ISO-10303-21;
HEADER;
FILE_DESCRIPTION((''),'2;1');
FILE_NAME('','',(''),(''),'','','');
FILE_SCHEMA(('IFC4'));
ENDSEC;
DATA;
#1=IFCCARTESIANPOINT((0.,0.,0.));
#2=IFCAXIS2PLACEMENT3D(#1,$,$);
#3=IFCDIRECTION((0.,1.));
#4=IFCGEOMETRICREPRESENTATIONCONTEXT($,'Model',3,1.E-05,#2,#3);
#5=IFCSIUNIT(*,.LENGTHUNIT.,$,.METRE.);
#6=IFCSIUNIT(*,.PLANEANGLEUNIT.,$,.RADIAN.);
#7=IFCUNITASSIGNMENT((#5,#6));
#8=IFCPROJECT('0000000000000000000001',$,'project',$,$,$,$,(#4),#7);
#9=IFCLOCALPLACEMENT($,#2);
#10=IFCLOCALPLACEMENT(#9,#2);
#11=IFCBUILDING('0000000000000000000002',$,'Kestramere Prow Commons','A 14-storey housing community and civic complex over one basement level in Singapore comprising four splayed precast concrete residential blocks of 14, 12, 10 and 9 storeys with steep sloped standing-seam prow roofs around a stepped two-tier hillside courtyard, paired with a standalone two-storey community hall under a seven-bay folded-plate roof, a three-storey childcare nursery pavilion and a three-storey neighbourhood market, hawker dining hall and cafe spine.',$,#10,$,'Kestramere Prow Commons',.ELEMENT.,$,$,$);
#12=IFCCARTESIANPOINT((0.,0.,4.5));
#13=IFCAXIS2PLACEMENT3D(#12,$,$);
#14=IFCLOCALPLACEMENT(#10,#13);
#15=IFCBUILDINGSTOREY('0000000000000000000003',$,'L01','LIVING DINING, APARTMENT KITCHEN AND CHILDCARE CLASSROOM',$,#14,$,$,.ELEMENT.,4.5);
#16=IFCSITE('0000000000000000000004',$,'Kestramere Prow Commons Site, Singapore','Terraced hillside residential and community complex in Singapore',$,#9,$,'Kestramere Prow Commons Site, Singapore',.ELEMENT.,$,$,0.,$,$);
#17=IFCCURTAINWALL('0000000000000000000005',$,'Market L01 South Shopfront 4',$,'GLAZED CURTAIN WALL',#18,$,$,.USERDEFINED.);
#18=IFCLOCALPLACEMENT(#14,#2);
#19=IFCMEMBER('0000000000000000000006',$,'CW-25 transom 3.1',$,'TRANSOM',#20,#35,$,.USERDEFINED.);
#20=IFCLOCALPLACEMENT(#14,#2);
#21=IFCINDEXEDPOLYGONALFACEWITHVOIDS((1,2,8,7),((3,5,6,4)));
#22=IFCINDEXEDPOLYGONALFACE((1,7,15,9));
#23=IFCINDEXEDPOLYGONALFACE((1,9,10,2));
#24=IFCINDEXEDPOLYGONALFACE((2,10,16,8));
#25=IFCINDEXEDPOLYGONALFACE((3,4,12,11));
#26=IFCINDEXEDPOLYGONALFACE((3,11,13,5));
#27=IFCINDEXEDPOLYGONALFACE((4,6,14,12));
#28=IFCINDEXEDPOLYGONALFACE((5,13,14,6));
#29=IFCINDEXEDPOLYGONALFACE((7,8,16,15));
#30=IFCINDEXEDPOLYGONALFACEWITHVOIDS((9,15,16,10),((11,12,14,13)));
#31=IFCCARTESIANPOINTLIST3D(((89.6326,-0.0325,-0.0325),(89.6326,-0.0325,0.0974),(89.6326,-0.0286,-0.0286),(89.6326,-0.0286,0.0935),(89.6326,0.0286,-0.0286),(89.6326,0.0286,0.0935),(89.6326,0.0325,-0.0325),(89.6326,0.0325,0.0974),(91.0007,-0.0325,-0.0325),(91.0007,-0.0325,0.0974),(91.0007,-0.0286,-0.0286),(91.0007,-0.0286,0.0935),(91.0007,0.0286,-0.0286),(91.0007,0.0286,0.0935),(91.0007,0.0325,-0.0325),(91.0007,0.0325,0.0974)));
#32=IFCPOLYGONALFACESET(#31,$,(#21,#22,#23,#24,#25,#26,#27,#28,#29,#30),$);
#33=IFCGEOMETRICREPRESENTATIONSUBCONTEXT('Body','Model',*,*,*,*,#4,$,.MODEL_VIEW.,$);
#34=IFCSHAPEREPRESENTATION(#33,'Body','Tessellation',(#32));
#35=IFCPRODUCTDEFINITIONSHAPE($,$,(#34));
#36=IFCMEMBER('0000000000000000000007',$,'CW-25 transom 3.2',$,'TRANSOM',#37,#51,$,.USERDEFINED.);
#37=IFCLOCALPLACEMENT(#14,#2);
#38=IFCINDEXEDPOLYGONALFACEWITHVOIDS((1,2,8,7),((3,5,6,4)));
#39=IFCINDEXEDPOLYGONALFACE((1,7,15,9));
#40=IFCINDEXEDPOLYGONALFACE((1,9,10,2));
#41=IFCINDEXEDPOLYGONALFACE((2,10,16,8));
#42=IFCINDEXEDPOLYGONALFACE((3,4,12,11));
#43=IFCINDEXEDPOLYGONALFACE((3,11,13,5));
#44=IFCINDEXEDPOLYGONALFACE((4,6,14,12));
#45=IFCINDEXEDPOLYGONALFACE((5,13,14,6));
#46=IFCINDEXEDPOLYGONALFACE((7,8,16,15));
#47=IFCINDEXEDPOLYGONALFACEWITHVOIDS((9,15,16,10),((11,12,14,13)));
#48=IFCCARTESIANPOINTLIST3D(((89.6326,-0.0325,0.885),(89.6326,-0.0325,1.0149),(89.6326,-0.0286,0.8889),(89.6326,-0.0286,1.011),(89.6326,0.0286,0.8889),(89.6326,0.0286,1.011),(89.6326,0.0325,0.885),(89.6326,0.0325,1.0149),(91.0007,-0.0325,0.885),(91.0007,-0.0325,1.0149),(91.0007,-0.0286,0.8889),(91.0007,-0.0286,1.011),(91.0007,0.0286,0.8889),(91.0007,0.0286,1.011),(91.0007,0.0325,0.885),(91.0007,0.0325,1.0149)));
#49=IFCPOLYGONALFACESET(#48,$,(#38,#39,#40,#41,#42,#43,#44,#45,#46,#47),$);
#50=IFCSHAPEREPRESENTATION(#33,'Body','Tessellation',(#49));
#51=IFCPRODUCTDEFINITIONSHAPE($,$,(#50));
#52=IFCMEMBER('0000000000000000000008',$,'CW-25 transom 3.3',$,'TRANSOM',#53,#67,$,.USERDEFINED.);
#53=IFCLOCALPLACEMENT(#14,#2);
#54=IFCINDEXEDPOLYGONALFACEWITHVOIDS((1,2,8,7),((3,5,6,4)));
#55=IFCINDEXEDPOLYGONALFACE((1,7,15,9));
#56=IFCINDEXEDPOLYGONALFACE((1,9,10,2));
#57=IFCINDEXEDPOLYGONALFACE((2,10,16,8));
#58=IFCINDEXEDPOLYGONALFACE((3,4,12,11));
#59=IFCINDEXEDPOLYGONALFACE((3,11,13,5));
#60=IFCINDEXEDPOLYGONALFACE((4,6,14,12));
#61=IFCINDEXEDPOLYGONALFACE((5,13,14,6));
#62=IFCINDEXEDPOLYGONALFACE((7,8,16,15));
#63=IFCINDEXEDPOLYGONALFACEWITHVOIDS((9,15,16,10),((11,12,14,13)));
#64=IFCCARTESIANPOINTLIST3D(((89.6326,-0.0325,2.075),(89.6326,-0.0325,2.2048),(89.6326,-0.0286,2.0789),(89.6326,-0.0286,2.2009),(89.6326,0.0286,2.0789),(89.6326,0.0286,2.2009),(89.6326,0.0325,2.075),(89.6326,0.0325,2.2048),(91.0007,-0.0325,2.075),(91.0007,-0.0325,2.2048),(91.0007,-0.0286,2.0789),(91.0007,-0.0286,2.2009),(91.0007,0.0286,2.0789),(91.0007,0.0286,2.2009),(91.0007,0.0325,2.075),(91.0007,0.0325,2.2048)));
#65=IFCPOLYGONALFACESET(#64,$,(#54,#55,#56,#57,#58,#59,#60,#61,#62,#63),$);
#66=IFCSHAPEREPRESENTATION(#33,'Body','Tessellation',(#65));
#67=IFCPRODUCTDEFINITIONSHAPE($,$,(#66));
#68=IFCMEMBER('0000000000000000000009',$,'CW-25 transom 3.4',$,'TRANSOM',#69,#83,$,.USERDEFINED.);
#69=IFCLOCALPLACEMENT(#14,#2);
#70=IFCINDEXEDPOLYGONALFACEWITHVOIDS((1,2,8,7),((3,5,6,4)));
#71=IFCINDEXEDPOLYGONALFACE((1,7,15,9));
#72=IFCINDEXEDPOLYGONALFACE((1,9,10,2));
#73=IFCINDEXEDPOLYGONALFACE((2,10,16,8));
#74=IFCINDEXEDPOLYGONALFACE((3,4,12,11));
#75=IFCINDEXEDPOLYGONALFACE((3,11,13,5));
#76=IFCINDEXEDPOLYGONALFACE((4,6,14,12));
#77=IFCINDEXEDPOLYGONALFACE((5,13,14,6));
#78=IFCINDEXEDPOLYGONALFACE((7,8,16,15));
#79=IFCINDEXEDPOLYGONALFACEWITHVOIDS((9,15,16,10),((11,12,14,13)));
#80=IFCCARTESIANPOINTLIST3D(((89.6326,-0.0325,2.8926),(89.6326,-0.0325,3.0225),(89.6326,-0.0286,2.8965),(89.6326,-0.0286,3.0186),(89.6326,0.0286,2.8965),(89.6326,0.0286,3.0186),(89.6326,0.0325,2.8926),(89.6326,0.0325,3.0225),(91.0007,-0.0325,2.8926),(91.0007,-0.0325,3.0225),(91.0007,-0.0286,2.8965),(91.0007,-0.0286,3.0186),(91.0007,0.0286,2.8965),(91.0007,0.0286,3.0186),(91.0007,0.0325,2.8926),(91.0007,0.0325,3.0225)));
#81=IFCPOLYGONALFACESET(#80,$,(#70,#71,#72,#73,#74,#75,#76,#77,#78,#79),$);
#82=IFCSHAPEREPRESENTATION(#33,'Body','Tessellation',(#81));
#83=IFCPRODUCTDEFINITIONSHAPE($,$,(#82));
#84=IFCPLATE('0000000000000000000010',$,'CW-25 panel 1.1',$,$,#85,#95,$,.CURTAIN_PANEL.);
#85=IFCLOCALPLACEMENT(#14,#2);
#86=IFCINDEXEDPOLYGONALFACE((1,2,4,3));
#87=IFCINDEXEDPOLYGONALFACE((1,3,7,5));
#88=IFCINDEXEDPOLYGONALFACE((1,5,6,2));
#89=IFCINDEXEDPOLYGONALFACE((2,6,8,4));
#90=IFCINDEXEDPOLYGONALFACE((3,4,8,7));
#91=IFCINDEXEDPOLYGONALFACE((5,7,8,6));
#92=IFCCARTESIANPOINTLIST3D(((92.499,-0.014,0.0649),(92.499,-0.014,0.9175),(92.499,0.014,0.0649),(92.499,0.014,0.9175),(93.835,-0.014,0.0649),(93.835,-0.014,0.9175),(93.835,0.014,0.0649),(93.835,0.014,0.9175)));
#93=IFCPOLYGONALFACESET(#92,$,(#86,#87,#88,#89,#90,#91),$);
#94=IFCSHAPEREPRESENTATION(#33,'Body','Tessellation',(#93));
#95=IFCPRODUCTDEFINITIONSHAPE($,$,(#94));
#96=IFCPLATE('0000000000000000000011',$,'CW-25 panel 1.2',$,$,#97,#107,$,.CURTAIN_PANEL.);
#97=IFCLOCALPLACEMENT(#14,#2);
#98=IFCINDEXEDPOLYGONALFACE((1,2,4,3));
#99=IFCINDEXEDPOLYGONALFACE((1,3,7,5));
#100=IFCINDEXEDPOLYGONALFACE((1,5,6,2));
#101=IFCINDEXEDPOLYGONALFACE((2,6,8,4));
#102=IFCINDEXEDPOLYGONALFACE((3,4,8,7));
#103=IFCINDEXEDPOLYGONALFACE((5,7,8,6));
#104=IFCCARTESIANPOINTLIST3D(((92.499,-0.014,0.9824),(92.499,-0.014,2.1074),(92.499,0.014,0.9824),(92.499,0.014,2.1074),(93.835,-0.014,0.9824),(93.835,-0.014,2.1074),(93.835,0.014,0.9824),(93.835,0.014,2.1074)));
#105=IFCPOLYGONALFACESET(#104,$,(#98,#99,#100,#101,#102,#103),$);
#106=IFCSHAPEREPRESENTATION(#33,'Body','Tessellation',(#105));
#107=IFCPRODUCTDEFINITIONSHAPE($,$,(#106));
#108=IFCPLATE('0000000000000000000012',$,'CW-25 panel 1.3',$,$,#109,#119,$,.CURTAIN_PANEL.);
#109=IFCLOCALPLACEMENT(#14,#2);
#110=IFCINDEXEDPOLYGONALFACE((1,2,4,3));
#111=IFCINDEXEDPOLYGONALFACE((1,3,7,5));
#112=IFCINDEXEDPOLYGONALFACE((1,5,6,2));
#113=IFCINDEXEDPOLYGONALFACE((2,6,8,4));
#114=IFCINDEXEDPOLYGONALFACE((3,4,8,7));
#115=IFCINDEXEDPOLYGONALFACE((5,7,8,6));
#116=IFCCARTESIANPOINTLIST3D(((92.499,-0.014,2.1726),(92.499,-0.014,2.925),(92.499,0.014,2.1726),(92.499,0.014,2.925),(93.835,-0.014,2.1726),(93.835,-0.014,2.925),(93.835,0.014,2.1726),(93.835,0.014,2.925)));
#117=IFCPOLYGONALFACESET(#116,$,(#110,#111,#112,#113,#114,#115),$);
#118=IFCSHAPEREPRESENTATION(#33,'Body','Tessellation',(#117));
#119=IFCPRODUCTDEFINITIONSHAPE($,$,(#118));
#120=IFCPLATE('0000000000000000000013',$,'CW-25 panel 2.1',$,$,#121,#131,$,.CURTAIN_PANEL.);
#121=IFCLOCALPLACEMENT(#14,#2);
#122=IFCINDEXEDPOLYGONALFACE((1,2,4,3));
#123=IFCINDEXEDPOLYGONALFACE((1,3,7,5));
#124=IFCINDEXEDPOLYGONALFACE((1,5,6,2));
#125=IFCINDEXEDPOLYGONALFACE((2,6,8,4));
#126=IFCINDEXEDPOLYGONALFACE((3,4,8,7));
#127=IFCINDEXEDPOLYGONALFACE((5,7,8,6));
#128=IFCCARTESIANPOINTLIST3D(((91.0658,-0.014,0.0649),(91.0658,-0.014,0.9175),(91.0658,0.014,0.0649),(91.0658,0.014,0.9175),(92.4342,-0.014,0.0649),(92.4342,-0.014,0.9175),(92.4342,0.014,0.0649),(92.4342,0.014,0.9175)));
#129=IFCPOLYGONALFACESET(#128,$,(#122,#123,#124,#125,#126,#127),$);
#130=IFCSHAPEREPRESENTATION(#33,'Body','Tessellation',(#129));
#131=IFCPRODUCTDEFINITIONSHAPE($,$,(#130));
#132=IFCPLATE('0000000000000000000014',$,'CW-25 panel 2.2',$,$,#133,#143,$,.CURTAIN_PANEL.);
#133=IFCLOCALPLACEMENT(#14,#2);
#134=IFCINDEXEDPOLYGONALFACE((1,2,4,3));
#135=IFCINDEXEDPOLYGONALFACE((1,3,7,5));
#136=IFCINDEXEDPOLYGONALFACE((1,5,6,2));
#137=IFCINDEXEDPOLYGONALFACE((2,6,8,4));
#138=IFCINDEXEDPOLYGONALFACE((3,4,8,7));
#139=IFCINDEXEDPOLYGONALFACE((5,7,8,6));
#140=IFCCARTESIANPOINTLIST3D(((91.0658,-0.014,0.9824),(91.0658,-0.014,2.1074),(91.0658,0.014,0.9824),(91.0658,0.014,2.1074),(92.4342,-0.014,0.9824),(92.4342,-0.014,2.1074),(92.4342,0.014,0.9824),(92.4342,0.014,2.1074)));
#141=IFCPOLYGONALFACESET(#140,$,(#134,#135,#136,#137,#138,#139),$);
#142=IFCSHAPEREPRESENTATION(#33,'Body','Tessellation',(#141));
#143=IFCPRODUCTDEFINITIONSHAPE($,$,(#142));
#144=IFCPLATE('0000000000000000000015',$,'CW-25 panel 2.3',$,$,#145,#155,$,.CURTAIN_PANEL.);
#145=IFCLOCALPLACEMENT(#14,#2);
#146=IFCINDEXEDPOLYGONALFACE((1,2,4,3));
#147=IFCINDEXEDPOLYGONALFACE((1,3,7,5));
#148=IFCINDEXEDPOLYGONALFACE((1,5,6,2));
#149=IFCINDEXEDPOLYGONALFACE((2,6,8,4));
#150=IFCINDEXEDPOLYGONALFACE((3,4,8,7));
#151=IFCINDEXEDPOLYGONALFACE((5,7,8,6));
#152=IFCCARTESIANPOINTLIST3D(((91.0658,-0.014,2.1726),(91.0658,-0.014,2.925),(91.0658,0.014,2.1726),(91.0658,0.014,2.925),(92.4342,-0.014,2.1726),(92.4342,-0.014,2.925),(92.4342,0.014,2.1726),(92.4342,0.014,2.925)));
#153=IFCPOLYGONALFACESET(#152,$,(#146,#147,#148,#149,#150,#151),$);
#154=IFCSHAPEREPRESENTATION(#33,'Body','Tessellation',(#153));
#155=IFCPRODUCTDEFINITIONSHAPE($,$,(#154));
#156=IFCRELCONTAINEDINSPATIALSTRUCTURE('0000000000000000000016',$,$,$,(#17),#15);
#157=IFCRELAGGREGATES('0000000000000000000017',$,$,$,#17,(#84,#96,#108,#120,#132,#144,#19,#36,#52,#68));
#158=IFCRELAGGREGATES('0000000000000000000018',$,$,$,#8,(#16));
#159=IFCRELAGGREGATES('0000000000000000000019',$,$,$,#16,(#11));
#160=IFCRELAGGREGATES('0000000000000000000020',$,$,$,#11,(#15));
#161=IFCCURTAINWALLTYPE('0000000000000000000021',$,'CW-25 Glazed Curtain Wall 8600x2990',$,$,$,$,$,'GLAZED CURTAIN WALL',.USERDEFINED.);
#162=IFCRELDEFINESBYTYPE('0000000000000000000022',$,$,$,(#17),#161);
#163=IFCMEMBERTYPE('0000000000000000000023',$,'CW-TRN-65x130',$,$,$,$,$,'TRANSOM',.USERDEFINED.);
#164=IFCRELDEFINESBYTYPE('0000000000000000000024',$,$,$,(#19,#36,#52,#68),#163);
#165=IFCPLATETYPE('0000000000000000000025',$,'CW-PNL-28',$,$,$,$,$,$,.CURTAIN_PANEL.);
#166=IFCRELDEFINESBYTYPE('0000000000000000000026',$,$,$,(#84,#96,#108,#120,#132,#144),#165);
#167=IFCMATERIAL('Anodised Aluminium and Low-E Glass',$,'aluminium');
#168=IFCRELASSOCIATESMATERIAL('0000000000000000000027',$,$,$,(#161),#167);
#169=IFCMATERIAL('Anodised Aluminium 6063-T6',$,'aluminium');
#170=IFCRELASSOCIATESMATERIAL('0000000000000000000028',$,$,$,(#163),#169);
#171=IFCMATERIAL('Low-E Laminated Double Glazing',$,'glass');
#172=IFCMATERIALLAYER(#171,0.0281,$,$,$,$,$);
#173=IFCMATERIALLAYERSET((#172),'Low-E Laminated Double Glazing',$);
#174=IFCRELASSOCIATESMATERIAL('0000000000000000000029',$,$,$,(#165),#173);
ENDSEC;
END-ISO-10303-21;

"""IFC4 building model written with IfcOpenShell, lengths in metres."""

from ifc_helpers import new_model, si_unit, direction, frame, origin, origin_2d, place, context, subcontext, project, spatial, rectangle, hollow_rectangle, extrude, material, layer, layer_set, material_profile, profile_set, type_object, element, aggregate, save


model = new_model("IFC4")

# Units and contexts
model_context = context("Model", 3, precision=1e-05, world=origin(), true_north=direction((0.0, 1.0)))
body_context = subcontext(model_context, "Body", "Model", "MODEL_VIEW")
ifc_project = project(units=[si_unit("LENGTHUNIT", "METRE"), si_unit("PLANEANGLEUNIT", "RADIAN")], contexts=[model_context])

# Site, building, storey
site_placement = place(None, origin())
site = spatial("IfcSite", under=ifc_project, at=site_placement, Name="Kestramere Prow Commons Site, Singapore", Description="Terraced hillside residential and community complex in Singapore", LongName="Kestramere Prow Commons Site, Singapore", CompositionType="ELEMENT", RefElevation=0.0)
building_placement = place(site_placement, origin())
building = spatial("IfcBuilding", under=site, at=building_placement, Name="Kestramere Prow Commons", Description="A 14-storey housing community and civic complex over one basement level in Singapore comprising four splayed precast concrete residential blocks of 14, 12, 10 and 9 storeys with steep sloped standing-seam prow roofs around a stepped two-tier hillside courtyard, paired with a standalone two-storey community hall under a seven-bay folded-plate roof, a three-storey childcare nursery pavilion and a three-storey neighbourhood market, hawker dining hall and cafe spine.", LongName="Kestramere Prow Commons", CompositionType="ELEMENT")
storey_placement = place(building_placement, frame((0.0, 0.0, 4.5)))
storey = spatial("IfcBuildingStorey", under=building, at=storey_placement, Name="L01", Description="LIVING DINING, APARTMENT KITCHEN AND CHILDCARE CLASSROOM", CompositionType="ELEMENT", Elevation=4.5)

# Curtain wall, members, plates
ifc_material_1 = material(Name="Anodised Aluminium and Low-E Glass", Category="aluminium")
curtain_wall_type = type_object("IfcCurtainWallType", Name="CW-25 Glazed Curtain Wall 8600x2990", ElementType="GLAZED CURTAIN WALL", PredefinedType="USERDEFINED", material=ifc_material_1)
curtain_wall_placement = place(storey_placement, origin())
curtain_wall = element("IfcCurtainWall", 1, at=curtain_wall_placement, inside=storey, type_object=curtain_wall_type, Name="Market L01 South Shopfront 4", ObjectType="GLAZED CURTAIN WALL", PredefinedType="USERDEFINED")
ifc_material_2 = material(Name="Anodised Aluminium 6063-T6", Category="aluminium")
ifc_material_profile_1 = material_profile(ifc_material_2, hollow_rectangle(XDim=0.0649, YDim=0.1299, WallThickness=0.0039, at=origin_2d()), Name="ALU-TRN 65x130")
ifc_profile_set_1 = profile_set([ifc_material_profile_1], Name="Anodised Aluminium 6063-T6")
member_type_1 = type_object("IfcMemberType", Name="CW-TRN-65x130", ElementType="TRANSOM", PredefinedType="USERDEFINED", material=ifc_profile_set_1)
member_1_placement = place(storey_placement, frame((91.0007, 0.0, 0.0325), z_axis=(-1.0, 0.0, 0.0), x_axis=(0.0, -1.0, 0.0)))
member_1 = element("IfcMember", 2, at=member_1_placement, type_object=member_type_1, Name="CW-25 transom 3.1", ObjectType="TRANSOM", PredefinedType="USERDEFINED", context=body_context, shape_type="SweptSolid", body=[
    extrude(hollow_rectangle(XDim=0.0649, YDim=0.1299, WallThickness=0.0039, at=origin_2d()), origin(), (0.0, 0.0, 1.0), 1.3682),
])
member_2_placement = place(storey_placement, frame((91.0007, 0.0, 0.95), z_axis=(-1.0, 0.0, 0.0), x_axis=(0.0, -1.0, 0.0)))
member_2 = element("IfcMember", 3, at=member_2_placement, type_object=member_type_1, Name="CW-25 transom 3.2", ObjectType="TRANSOM", PredefinedType="USERDEFINED", context=body_context, shape_type="SweptSolid", body=[
    extrude(hollow_rectangle(XDim=0.0649, YDim=0.1299, WallThickness=0.0039, at=origin_2d()), origin(), (0.0, 0.0, 1.0), 1.3682),
])
member_3_placement = place(storey_placement, frame((91.0007, 0.0, 2.1399), z_axis=(-1.0, 0.0, 0.0), x_axis=(0.0, -1.0, 0.0)))
member_3 = element("IfcMember", 4, at=member_3_placement, type_object=member_type_1, Name="CW-25 transom 3.3", ObjectType="TRANSOM", PredefinedType="USERDEFINED", context=body_context, shape_type="SweptSolid", body=[
    extrude(hollow_rectangle(XDim=0.0649, YDim=0.1299, WallThickness=0.0039, at=origin_2d()), origin(), (0.0, 0.0, 1.0), 1.3682),
])
member_4_placement = place(storey_placement, frame((91.0007, 0.0, 2.9575), z_axis=(-1.0, 0.0, 0.0), x_axis=(0.0, -1.0, 0.0)))
member_4 = element("IfcMember", 5, at=member_4_placement, type_object=member_type_1, Name="CW-25 transom 3.4", ObjectType="TRANSOM", PredefinedType="USERDEFINED", context=body_context, shape_type="SweptSolid", body=[
    extrude(hollow_rectangle(XDim=0.0649, YDim=0.1299, WallThickness=0.0039, at=origin_2d()), origin(), (0.0, 0.0, 1.0), 1.3682),
])
ifc_material_3 = material(Name="Low-E Laminated Double Glazing", Category="glass")
ifc_layer = layer(ifc_material_3, 0.0281)
ifc_layer_set = layer_set([ifc_layer], Name="Low-E Laminated Double Glazing")
plate_type = type_object("IfcPlateType", Name="CW-PNL-28", PredefinedType="CURTAIN_PANEL", material=ifc_layer_set)
plate_1_placement = place(storey_placement, frame((93.167, 0.0, 0.0649), z_axis=(0.0, 0.0, 1.0), x_axis=(-1.0, 0.0, 0.0)))
plate_1 = element("IfcPlate", 6, at=plate_1_placement, type_object=plate_type, Name="CW-25 panel 1.1", PredefinedType="CURTAIN_PANEL", context=body_context, shape_type="SweptSolid", body=[
    extrude(rectangle(XDim=1.3359, YDim=0.0281, at=origin_2d()), origin(), (0.0, 0.0, 1.0), 0.8525),
])
plate_2_placement = place(storey_placement, frame((93.167, 0.0, 0.9824), z_axis=(0.0, 0.0, 1.0), x_axis=(-1.0, 0.0, 0.0)))
plate_2 = element("IfcPlate", 7, at=plate_2_placement, type_object=plate_type, Name="CW-25 panel 1.2", PredefinedType="CURTAIN_PANEL", context=body_context, shape_type="SweptSolid", body=[
    extrude(rectangle(XDim=1.3359, YDim=0.0281, at=origin_2d()), origin(), (0.0, 0.0, 1.0), 1.125),
])
plate_3_placement = place(storey_placement, frame((93.167, 0.0, 2.1726), z_axis=(0.0, 0.0, 1.0), x_axis=(-1.0, 0.0, 0.0)))
plate_3 = element("IfcPlate", 8, at=plate_3_placement, type_object=plate_type, Name="CW-25 panel 1.3", PredefinedType="CURTAIN_PANEL", context=body_context, shape_type="SweptSolid", body=[
    extrude(rectangle(XDim=1.3359, YDim=0.0281, at=origin_2d()), origin(), (0.0, 0.0, 1.0), 0.7524),
])
plate_4_placement = place(storey_placement, frame((91.75, 0.0, 0.0649), z_axis=(0.0, 0.0, 1.0), x_axis=(-1.0, 0.0, 0.0)))
plate_4 = element("IfcPlate", 9, at=plate_4_placement, type_object=plate_type, Name="CW-25 panel 2.1", PredefinedType="CURTAIN_PANEL", context=body_context, shape_type="SweptSolid", body=[
    extrude(rectangle(XDim=1.3684, YDim=0.0281, at=origin_2d()), origin(), (0.0, 0.0, 1.0), 0.8525),
])
plate_5_placement = place(storey_placement, frame((91.75, 0.0, 0.9824), z_axis=(0.0, 0.0, 1.0), x_axis=(-1.0, 0.0, 0.0)))
plate_5 = element("IfcPlate", 10, at=plate_5_placement, type_object=plate_type, Name="CW-25 panel 2.2", PredefinedType="CURTAIN_PANEL", context=body_context, shape_type="SweptSolid", body=[
    extrude(rectangle(XDim=1.3684, YDim=0.0281, at=origin_2d()), origin(), (0.0, 0.0, 1.0), 1.125),
])
plate_6_placement = place(storey_placement, frame((91.75, 0.0, 2.1726), z_axis=(0.0, 0.0, 1.0), x_axis=(-1.0, 0.0, 0.0)))
plate_6 = element("IfcPlate", 11, at=plate_6_placement, type_object=plate_type, Name="CW-25 panel 2.3", PredefinedType="CURTAIN_PANEL", context=body_context, shape_type="SweptSolid", body=[
    extrude(rectangle(XDim=1.3684, YDim=0.0281, at=origin_2d()), origin(), (0.0, 0.0, 1.0), 0.7524),
])
aggregate(curtain_wall, [plate_1, plate_2, plate_3, plate_4, plate_5, plate_6, member_1, member_2, member_3, member_4])

save(model, "model.ifc")
